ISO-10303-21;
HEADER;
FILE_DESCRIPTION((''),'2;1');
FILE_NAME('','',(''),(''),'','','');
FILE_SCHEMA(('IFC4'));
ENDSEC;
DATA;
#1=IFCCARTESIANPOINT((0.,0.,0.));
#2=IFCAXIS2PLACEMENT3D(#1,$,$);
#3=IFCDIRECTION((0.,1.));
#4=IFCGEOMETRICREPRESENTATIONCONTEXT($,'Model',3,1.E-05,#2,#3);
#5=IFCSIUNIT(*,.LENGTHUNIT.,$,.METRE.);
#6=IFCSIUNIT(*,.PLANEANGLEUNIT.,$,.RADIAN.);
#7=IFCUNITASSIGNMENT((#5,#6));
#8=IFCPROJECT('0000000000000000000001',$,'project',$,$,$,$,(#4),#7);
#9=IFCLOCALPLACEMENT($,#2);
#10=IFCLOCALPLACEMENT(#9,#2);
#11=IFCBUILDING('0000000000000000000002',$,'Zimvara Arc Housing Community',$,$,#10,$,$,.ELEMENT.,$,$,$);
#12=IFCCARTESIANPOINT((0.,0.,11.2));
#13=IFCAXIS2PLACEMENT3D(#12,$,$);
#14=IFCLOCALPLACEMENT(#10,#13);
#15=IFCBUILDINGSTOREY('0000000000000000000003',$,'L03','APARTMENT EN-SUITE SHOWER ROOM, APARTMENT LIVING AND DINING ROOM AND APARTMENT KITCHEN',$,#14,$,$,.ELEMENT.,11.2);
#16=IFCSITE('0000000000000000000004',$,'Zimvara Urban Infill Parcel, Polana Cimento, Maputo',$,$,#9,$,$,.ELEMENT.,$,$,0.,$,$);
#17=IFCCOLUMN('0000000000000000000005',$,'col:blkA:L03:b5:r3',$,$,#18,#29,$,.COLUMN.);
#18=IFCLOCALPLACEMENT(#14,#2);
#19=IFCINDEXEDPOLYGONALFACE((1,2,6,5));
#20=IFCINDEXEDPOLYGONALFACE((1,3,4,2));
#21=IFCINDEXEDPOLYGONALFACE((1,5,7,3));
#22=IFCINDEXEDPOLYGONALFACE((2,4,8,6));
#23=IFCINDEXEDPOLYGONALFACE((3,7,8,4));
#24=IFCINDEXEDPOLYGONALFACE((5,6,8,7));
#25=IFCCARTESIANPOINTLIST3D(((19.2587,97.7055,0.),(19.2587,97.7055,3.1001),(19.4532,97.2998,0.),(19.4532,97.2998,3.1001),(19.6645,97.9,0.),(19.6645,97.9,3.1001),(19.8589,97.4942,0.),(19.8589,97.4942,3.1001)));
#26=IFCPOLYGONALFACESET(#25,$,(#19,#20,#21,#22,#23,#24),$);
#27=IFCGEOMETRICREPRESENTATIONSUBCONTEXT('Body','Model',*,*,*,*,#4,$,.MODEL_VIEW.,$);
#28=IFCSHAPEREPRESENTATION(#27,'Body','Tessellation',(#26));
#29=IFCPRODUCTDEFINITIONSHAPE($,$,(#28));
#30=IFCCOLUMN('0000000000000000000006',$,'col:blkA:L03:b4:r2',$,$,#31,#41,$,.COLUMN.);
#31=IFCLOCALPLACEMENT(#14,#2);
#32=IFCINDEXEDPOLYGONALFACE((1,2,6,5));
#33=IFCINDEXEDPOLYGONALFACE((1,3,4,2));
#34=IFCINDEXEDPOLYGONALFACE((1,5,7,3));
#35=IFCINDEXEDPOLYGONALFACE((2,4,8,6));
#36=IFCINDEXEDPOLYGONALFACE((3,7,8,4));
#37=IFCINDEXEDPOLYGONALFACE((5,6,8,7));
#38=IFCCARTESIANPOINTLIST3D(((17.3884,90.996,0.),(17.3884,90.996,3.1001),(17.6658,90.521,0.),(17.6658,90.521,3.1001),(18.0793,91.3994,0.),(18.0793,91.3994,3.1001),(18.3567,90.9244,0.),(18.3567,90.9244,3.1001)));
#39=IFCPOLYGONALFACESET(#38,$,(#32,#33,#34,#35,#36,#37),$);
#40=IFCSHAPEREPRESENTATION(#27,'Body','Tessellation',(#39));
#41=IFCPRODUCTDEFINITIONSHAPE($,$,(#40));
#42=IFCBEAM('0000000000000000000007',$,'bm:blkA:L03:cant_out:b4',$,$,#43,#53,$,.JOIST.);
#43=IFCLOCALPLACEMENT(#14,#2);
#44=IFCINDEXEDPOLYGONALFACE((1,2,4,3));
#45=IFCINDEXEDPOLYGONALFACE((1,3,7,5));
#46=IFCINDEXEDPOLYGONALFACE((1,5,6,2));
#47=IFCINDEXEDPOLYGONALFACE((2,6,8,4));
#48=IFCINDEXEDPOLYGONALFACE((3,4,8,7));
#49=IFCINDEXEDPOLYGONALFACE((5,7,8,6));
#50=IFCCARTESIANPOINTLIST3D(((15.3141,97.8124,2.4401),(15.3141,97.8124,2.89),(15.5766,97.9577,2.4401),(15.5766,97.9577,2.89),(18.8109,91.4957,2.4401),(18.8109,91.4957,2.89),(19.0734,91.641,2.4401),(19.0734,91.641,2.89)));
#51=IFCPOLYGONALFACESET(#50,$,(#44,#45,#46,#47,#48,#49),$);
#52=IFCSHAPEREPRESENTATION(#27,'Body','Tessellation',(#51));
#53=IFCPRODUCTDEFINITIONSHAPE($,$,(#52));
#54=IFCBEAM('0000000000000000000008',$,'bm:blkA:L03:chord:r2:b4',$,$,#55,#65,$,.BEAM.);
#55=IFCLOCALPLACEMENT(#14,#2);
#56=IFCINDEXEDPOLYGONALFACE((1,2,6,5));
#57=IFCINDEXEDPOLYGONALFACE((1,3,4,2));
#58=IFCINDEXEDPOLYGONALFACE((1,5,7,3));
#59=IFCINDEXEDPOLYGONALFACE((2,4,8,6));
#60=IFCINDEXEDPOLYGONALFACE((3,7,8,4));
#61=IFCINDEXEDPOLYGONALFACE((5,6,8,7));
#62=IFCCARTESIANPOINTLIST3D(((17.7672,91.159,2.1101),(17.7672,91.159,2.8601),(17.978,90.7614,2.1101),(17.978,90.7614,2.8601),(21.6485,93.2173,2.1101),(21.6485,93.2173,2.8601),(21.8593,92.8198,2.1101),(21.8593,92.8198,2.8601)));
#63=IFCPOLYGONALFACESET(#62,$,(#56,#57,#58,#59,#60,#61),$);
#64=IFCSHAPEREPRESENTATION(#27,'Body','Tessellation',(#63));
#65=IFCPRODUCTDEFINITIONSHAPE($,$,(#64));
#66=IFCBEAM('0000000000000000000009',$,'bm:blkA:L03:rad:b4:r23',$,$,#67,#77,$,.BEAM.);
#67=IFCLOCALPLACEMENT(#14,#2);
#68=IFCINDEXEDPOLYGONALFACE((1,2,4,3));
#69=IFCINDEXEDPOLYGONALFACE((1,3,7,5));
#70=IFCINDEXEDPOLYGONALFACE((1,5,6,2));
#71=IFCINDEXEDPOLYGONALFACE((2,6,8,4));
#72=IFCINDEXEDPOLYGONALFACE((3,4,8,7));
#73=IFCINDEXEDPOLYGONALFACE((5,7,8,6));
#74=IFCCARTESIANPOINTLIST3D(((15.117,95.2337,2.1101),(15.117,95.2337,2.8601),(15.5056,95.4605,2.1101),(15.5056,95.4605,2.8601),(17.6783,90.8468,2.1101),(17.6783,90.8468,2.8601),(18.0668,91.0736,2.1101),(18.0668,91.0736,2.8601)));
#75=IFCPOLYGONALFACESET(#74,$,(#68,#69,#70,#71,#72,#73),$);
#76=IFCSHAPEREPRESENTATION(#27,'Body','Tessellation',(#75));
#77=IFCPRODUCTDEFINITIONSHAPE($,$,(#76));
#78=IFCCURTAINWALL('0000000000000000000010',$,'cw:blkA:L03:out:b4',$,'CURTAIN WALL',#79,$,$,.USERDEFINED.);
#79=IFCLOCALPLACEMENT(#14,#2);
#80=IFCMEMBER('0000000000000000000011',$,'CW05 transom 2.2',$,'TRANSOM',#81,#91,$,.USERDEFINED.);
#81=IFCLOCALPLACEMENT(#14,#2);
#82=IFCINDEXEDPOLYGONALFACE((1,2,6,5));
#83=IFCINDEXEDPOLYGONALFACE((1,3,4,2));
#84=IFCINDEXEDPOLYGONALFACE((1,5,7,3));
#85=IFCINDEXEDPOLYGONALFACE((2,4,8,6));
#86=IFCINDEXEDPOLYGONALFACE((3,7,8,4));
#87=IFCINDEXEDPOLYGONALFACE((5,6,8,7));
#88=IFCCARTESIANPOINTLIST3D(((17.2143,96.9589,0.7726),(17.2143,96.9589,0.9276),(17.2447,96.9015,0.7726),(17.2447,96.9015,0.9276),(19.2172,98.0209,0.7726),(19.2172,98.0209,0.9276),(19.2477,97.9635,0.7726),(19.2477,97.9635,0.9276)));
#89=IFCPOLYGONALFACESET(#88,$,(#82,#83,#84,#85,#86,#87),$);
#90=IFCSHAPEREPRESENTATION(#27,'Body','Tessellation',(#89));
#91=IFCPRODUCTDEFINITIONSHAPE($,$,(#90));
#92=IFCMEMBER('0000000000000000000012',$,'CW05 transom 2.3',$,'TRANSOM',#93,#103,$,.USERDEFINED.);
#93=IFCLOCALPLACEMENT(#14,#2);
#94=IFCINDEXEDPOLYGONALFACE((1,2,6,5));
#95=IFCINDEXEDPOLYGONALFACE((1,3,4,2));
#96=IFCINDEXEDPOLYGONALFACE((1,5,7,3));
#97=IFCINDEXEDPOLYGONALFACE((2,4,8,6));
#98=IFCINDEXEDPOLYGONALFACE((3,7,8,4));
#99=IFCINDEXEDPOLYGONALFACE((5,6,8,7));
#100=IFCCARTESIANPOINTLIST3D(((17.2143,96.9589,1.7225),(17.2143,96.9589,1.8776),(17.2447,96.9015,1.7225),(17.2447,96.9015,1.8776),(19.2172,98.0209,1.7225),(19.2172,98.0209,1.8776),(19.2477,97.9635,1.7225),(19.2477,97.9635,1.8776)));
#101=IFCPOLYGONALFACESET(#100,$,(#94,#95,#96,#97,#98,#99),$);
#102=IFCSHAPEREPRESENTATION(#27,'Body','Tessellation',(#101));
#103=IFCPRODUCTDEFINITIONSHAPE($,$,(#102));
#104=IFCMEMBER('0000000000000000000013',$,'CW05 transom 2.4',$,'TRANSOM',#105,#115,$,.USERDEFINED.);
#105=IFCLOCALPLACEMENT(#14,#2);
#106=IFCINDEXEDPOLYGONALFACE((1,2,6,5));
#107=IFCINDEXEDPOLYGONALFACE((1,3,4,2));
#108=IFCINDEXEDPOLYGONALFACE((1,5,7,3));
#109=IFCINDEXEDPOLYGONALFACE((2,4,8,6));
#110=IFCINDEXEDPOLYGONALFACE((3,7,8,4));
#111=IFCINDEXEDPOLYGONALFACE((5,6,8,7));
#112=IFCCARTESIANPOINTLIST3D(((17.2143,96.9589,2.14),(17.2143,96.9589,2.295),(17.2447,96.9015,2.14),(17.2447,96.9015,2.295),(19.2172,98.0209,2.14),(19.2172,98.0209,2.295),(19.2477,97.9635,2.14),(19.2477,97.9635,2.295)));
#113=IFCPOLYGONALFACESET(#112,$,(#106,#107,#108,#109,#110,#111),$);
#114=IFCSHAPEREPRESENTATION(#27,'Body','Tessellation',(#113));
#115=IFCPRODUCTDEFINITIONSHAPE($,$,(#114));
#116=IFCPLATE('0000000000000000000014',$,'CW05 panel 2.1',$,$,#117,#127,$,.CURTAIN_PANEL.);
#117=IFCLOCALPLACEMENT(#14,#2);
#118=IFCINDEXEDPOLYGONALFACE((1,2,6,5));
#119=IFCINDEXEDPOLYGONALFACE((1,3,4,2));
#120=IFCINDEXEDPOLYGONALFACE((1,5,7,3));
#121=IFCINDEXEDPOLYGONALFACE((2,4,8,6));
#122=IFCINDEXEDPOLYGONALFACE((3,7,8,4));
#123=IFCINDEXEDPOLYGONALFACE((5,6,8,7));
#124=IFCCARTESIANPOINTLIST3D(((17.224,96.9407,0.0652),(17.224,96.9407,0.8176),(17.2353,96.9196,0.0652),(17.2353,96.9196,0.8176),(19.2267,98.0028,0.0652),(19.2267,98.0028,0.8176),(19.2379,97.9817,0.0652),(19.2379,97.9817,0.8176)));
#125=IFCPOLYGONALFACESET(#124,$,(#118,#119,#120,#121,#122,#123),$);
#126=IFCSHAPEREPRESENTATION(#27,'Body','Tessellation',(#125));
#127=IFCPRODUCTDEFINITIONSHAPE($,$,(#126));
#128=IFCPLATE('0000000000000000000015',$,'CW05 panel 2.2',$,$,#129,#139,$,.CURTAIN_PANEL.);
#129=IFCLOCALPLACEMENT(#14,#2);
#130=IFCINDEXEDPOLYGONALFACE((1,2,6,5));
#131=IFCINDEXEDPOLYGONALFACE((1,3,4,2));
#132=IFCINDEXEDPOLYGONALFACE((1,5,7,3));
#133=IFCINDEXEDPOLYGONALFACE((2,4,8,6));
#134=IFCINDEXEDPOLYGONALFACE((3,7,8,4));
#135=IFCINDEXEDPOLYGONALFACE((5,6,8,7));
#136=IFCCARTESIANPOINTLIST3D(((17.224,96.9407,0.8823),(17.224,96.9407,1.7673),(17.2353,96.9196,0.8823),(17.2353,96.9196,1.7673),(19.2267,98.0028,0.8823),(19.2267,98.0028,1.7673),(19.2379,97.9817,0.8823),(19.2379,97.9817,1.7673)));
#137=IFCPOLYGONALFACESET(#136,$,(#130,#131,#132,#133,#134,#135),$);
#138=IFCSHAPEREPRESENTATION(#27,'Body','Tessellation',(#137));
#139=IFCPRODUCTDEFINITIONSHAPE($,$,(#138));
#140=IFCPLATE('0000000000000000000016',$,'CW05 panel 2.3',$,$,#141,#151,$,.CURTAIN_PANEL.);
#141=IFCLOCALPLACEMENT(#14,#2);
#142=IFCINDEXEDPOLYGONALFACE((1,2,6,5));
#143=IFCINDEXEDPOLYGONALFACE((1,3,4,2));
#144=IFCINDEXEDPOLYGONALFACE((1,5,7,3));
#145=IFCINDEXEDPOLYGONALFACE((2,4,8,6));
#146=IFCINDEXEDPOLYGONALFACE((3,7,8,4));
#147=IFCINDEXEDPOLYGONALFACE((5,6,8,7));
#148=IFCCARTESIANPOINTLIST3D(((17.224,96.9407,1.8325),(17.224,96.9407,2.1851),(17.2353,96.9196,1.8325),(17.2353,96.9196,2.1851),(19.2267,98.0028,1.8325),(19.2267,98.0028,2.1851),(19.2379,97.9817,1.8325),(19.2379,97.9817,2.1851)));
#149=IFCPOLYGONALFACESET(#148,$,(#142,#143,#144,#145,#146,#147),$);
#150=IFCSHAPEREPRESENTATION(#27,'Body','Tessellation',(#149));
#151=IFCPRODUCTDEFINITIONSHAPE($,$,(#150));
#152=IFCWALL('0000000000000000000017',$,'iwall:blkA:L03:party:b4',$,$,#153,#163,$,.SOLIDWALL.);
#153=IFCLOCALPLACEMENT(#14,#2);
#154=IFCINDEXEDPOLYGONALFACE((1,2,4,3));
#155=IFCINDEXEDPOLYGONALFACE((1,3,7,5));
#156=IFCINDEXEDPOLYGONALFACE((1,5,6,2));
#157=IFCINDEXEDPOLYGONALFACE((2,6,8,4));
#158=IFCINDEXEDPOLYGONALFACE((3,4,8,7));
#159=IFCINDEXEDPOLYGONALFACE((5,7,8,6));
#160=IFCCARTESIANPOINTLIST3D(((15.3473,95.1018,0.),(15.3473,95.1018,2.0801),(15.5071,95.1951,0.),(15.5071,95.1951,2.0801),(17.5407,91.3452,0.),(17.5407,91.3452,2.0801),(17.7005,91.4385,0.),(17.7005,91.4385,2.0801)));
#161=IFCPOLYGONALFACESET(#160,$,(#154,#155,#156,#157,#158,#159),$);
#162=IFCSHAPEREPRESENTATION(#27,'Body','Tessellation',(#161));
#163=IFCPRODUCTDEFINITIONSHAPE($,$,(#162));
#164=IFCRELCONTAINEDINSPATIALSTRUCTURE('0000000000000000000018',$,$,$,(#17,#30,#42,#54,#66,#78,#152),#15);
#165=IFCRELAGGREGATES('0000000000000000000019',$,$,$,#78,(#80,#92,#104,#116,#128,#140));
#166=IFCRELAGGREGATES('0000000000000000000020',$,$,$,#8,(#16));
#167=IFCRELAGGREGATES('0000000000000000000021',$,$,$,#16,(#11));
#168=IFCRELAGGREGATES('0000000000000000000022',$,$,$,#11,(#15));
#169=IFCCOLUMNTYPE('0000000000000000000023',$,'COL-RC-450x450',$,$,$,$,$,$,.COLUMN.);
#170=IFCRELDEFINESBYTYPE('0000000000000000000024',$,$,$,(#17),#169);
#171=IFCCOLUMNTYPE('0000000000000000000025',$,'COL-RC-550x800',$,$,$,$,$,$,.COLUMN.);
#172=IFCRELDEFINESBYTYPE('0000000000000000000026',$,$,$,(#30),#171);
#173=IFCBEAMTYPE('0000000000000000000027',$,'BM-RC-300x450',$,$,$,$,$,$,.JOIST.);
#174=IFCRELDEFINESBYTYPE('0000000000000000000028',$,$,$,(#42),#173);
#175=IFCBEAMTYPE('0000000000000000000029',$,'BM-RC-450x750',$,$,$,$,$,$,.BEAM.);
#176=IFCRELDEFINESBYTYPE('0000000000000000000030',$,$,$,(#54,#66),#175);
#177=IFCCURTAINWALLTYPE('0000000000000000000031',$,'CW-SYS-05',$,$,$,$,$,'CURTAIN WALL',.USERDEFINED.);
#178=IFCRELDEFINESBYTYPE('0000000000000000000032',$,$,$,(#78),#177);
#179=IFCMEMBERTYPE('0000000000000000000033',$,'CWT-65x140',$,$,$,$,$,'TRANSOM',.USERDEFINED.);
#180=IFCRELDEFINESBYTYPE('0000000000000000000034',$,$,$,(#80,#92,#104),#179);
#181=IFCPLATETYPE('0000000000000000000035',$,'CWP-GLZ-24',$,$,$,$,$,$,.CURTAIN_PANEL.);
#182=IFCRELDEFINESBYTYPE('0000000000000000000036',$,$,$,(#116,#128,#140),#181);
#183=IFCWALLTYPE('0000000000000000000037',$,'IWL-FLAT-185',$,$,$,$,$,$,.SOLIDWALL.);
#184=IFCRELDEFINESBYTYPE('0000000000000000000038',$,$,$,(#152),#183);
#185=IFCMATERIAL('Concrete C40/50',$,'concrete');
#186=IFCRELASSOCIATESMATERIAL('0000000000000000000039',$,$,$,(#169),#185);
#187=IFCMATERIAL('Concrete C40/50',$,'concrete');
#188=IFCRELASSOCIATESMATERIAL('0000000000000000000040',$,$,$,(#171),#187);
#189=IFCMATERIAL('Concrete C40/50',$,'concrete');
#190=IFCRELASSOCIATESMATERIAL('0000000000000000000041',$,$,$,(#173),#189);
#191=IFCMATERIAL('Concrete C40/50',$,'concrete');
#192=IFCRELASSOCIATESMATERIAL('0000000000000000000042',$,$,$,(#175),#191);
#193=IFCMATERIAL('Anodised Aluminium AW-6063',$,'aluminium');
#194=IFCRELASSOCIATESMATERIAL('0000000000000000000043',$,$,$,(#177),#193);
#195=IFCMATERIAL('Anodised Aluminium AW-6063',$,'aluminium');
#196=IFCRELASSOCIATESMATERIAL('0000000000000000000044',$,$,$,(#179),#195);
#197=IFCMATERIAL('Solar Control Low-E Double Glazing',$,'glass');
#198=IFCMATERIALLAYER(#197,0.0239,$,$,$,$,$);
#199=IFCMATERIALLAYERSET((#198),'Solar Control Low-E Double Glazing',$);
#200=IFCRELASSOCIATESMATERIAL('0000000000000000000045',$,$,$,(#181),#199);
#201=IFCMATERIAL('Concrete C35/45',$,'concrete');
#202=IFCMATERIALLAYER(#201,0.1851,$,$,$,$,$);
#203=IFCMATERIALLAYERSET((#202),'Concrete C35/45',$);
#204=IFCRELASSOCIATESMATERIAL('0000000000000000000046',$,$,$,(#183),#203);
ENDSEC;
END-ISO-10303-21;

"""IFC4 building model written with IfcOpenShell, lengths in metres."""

from ifc_helpers import new_model, si_unit, direction, frame, frame_2d, origin, origin_2d, place, context, subcontext, project, spatial, rectangle, extrude, material, layer, layer_set, material_profile, profile_set, type_object, element, aggregate, save


model = new_model("IFC4")

# Units and contexts
model_context = context("Model", 3, precision=1e-05, world=origin(), true_north=direction((0.0, 1.0)))
body_context = subcontext(model_context, "Body", "Model", "MODEL_VIEW")
ifc_project = project(units=[si_unit("LENGTHUNIT", "METRE"), si_unit("PLANEANGLEUNIT", "RADIAN")], contexts=[model_context])

# Site, building, storey
site_placement = place(None, origin())
site = spatial("IfcSite", under=ifc_project, at=site_placement, Name="Zimvara Urban Infill Parcel, Polana Cimento, Maputo", CompositionType="ELEMENT", RefElevation=0.0)
building_placement = place(site_placement, origin())
building = spatial("IfcBuilding", under=site, at=building_placement, Name="Zimvara Arc Housing Community", CompositionType="ELEMENT")
storey_placement = place(building_placement, frame((0.0, 0.0, 11.2)))
storey = spatial("IfcBuildingStorey", under=building, at=storey_placement, Name="L03", Description="APARTMENT EN-SUITE SHOWER ROOM, APARTMENT LIVING AND DINING ROOM AND APARTMENT KITCHEN", CompositionType="ELEMENT", Elevation=11.2)

# Columns
ifc_material_1 = material(Name="Concrete C40/50", Category="concrete")
ifc_material_profile_1 = material_profile(ifc_material_1, rectangle(XDim=0.45, YDim=0.45, at=origin_2d()), Name="RC 450x450")
ifc_profile_set_1 = profile_set([ifc_material_profile_1], Name="Concrete C40/50")
column_type_1 = type_object("IfcColumnType", Name="COL-RC-450x450", PredefinedType="COLUMN", material=ifc_profile_set_1)
column_1_placement = place(storey_placement, frame((19.5588, 97.5999, 0.0), z_axis=(0.0, 0.0, 1.0), x_axis=(-0.432086, 0.901833, 0.0)))
element("IfcColumn", 1, at=column_1_placement, inside=storey, type_object=column_type_1, Name="col:blkA:L03:b5:r3", PredefinedType="COLUMN", context=body_context, shape_type="SweptSolid", body=[
    extrude(rectangle(XDim=0.45, YDim=0.45, at=origin_2d()), origin(), (0.0, 0.0, 1.0), 3.1001),
])
ifc_material_2 = material(Name="Concrete C40/50", Category="concrete")
ifc_material_profile_2 = material_profile(ifc_material_2, rectangle(XDim=0.55, YDim=0.8, at=origin_2d()), Name="RC 550x800")
ifc_profile_set_2 = profile_set([ifc_material_profile_2], Name="Concrete C40/50")
column_type_2 = type_object("IfcColumnType", Name="COL-RC-550x800", PredefinedType="COLUMN", material=ifc_profile_set_2)
column_2_placement = place(storey_placement, frame((17.8726, 90.9602, 0.0), z_axis=(0.0, 0.0, 1.0), x_axis=(-0.504226, 0.863572, 0.0)))
element("IfcColumn", 2, at=column_2_placement, inside=storey, type_object=column_type_2, Name="col:blkA:L03:b4:r2", PredefinedType="COLUMN", context=body_context, shape_type="SweptSolid", body=[
    extrude(rectangle(XDim=0.55, YDim=0.8, at=origin_2d()), origin(), (0.0, 0.0, 1.0), 3.1001),
])

# Beams
ifc_material_3 = material(Name="Concrete C40/50", Category="concrete")
ifc_material_profile_3 = material_profile(ifc_material_3, rectangle(XDim=0.3, YDim=0.45, at=origin_2d()), Name="RC 300x450")
ifc_profile_set_3 = profile_set([ifc_material_profile_3], Name="Concrete C40/50")
beam_type_1 = type_object("IfcBeamType", Name="BM-RC-300x450", PredefinedType="JOIST", material=ifc_profile_set_3)
beam_1_placement = place(storey_placement, frame((18.9421, 91.5684, 2.665), z_axis=(-0.484327, 0.874887, 0.0), x_axis=(-0.874887, -0.484327, 0.0)))
element("IfcBeam", 3, at=beam_1_placement, inside=storey, type_object=beam_type_1, Name="bm:blkA:L03:cant_out:b4", PredefinedType="JOIST", context=body_context, shape_type="SweptSolid", body=[
    extrude(rectangle(XDim=0.3, YDim=0.45, at=origin_2d()), origin(), (0.0, 0.0, 1.0), 7.22),
])
ifc_material_4 = material(Name="Concrete C40/50", Category="concrete")
ifc_material_profile_4 = material_profile(ifc_material_4, rectangle(XDim=0.45, YDim=0.75, at=origin_2d()), Name="RC 450x750")
ifc_profile_set_4 = profile_set([ifc_material_profile_4], Name="Concrete C40/50")
beam_type_2 = type_object("IfcBeamType", Name="BM-RC-450x750", PredefinedType="BEAM", material=ifc_profile_set_4)
beam_2_placement = place(storey_placement, frame((17.8726, 90.9602, 2.4851), z_axis=(0.883457, 0.468513, 0.0), x_axis=(-0.468513, 0.883457, 0.0)))
element("IfcBeam", 4, at=beam_2_placement, inside=storey, type_object=beam_type_2, Name="bm:blkA:L03:chord:r2:b4", PredefinedType="BEAM", context=body_context, shape_type="SweptSolid", body=[
    extrude(rectangle(XDim=0.45, YDim=0.75, at=origin_2d()), origin(), (0.0, 0.0, 1.0), 4.3933),
])
beam_3_placement = place(storey_placement, frame((17.8726, 90.9602, 2.4851), z_axis=(-0.504197, 0.863589, 0.0), x_axis=(-0.863589, -0.504197, 0.0)))
element("IfcBeam", 5, at=beam_3_placement, inside=storey, type_object=beam_type_2, Name="bm:blkA:L03:rad:b4:r23", PredefinedType="BEAM", context=body_context, shape_type="SweptSolid", body=[
    extrude(rectangle(XDim=0.45, YDim=0.75, at=origin_2d()), origin(), (0.0, 0.0, 1.0), 5.0798),
])

# Curtain wall, members, plates
ifc_material_5 = material(Name="Anodised Aluminium AW-6063", Category="aluminium")
curtain_wall_type = type_object("IfcCurtainWallType", Name="CW-SYS-05", ElementType="CURTAIN WALL", PredefinedType="USERDEFINED", material=ifc_material_5)
curtain_wall_placement = place(storey_placement, origin())
curtain_wall = element("IfcCurtainWall", 6, at=curtain_wall_placement, inside=storey, type_object=curtain_wall_type, Name="cw:blkA:L03:out:b4", ObjectType="CURTAIN WALL", PredefinedType="USERDEFINED")
ifc_material_6 = material(Name="Anodised Aluminium AW-6063", Category="aluminium")
ifc_material_profile_5 = material_profile(ifc_material_6, rectangle(XDim=0.0649, YDim=0.155, at=origin_2d()), Name="ALU 65x155")
ifc_profile_set_5 = profile_set([ifc_material_profile_5], Name="Anodised Aluminium AW-6063")
member_type = type_object("IfcMemberType", Name="CWT-65x140", ElementType="TRANSOM", PredefinedType="USERDEFINED", material=ifc_profile_set_5)
member_1_placement = place(storey_placement, frame((17.2295, 96.9302, 0.8501), z_axis=(0.883489, 0.468452, 0.0), x_axis=(-0.468452, 0.883489, 0.0)))
member_1 = element("IfcMember", 7, at=member_1_placement, type_object=member_type, Name="CW05 transom 2.2", ObjectType="TRANSOM", PredefinedType="USERDEFINED", context=body_context, shape_type="SweptSolid", body=[
    extrude(rectangle(XDim=0.0649, YDim=0.155, at=origin_2d()), origin(), (0.0, 0.0, 1.0), 2.2671),
])
member_2_placement = place(storey_placement, frame((17.2295, 96.9302, 1.8), z_axis=(0.883489, 0.468452, 0.0), x_axis=(-0.468452, 0.883489, 0.0)))
member_2 = element("IfcMember", 8, at=member_2_placement, type_object=member_type, Name="CW05 transom 2.3", ObjectType="TRANSOM", PredefinedType="USERDEFINED", context=body_context, shape_type="SweptSolid", body=[
    extrude(rectangle(XDim=0.0649, YDim=0.155, at=origin_2d()), origin(), (0.0, 0.0, 1.0), 2.2671),
])
member_3_placement = place(storey_placement, frame((17.2295, 96.9302, 2.2175), z_axis=(0.883489, 0.468452, 0.0), x_axis=(-0.468452, 0.883489, 0.0)))
member_3 = element("IfcMember", 9, at=member_3_placement, type_object=member_type, Name="CW05 transom 2.4", ObjectType="TRANSOM", PredefinedType="USERDEFINED", context=body_context, shape_type="SweptSolid", body=[
    extrude(rectangle(XDim=0.0649, YDim=0.155, at=origin_2d()), origin(), (0.0, 0.0, 1.0), 2.2671),
])
ifc_material_7 = material(Name="Solar Control Low-E Double Glazing", Category="glass")
ifc_layer_1 = layer(ifc_material_7, 0.0239)
ifc_layer_set_1 = layer_set([ifc_layer_1], Name="Solar Control Low-E Double Glazing")
plate_type = type_object("IfcPlateType", Name="CWP-GLZ-24", PredefinedType="CURTAIN_PANEL", material=ifc_layer_set_1)
plate_1_placement = place(storey_placement, frame((18.231, 97.4612, 0.0652), z_axis=(0.0, 0.0, 1.0), x_axis=(0.883439, 0.468547, 0.0)))
plate_1 = element("IfcPlate", 10, at=plate_1_placement, type_object=plate_type, Name="CW05 panel 2.1", PredefinedType="CURTAIN_PANEL", context=body_context, shape_type="SweptSolid", body=[
    extrude(rectangle(XDim=2.2668, YDim=0.0239, at=origin_2d()), origin(), (0.0, 0.0, 1.0), 0.7524),
])
plate_2_placement = place(storey_placement, frame((18.231, 97.4612, 0.8823), z_axis=(0.0, 0.0, 1.0), x_axis=(0.883439, 0.468547, 0.0)))
plate_2 = element("IfcPlate", 11, at=plate_2_placement, type_object=plate_type, Name="CW05 panel 2.2", PredefinedType="CURTAIN_PANEL", context=body_context, shape_type="SweptSolid", body=[
    extrude(rectangle(XDim=2.2668, YDim=0.0239, at=origin_2d()), origin(), (0.0, 0.0, 1.0), 0.885),
])
plate_3_placement = place(storey_placement, frame((18.231, 97.4612, 1.8325), z_axis=(0.0, 0.0, 1.0), x_axis=(0.883439, 0.468547, 0.0)))
plate_3 = element("IfcPlate", 12, at=plate_3_placement, type_object=plate_type, Name="CW05 panel 2.3", PredefinedType="CURTAIN_PANEL", context=body_context, shape_type="SweptSolid", body=[
    extrude(rectangle(XDim=2.2668, YDim=0.0239, at=origin_2d()), origin(), (0.0, 0.0, 1.0), 0.3525),
])
aggregate(curtain_wall, [member_1, member_2, member_3, plate_1, plate_2, plate_3])

# Wall
ifc_material_8 = material(Name="Concrete C35/45", Category="concrete")
ifc_layer_2 = layer(ifc_material_8, 0.1851)
ifc_layer_set_2 = layer_set([ifc_layer_2], Name="Concrete C35/45")
wall_type_1 = type_object("IfcWallType", Name="IWL-FLAT-185", PredefinedType="SOLIDWALL", material=ifc_layer_set_2)
wall_1_placement = place(storey_placement, frame((17.6206, 91.3918, 0.0), z_axis=(0.0, 0.0, 1.0), x_axis=(-0.504216, 0.863577, 0.0)))
element("IfcWall", 13, at=wall_1_placement, inside=storey, type_object=wall_type_1, Name="iwall:blkA:L03:party:b4", PredefinedType="SOLIDWALL", context=body_context, shape_type="SweptSolid", body=[
    extrude(rectangle(XDim=4.3501, YDim=0.1851, at=frame_2d((2.175, 0.0))), origin(), (0.0, 0.0, 1.0), 2.0801),
])

save(model, "model.ifc")
